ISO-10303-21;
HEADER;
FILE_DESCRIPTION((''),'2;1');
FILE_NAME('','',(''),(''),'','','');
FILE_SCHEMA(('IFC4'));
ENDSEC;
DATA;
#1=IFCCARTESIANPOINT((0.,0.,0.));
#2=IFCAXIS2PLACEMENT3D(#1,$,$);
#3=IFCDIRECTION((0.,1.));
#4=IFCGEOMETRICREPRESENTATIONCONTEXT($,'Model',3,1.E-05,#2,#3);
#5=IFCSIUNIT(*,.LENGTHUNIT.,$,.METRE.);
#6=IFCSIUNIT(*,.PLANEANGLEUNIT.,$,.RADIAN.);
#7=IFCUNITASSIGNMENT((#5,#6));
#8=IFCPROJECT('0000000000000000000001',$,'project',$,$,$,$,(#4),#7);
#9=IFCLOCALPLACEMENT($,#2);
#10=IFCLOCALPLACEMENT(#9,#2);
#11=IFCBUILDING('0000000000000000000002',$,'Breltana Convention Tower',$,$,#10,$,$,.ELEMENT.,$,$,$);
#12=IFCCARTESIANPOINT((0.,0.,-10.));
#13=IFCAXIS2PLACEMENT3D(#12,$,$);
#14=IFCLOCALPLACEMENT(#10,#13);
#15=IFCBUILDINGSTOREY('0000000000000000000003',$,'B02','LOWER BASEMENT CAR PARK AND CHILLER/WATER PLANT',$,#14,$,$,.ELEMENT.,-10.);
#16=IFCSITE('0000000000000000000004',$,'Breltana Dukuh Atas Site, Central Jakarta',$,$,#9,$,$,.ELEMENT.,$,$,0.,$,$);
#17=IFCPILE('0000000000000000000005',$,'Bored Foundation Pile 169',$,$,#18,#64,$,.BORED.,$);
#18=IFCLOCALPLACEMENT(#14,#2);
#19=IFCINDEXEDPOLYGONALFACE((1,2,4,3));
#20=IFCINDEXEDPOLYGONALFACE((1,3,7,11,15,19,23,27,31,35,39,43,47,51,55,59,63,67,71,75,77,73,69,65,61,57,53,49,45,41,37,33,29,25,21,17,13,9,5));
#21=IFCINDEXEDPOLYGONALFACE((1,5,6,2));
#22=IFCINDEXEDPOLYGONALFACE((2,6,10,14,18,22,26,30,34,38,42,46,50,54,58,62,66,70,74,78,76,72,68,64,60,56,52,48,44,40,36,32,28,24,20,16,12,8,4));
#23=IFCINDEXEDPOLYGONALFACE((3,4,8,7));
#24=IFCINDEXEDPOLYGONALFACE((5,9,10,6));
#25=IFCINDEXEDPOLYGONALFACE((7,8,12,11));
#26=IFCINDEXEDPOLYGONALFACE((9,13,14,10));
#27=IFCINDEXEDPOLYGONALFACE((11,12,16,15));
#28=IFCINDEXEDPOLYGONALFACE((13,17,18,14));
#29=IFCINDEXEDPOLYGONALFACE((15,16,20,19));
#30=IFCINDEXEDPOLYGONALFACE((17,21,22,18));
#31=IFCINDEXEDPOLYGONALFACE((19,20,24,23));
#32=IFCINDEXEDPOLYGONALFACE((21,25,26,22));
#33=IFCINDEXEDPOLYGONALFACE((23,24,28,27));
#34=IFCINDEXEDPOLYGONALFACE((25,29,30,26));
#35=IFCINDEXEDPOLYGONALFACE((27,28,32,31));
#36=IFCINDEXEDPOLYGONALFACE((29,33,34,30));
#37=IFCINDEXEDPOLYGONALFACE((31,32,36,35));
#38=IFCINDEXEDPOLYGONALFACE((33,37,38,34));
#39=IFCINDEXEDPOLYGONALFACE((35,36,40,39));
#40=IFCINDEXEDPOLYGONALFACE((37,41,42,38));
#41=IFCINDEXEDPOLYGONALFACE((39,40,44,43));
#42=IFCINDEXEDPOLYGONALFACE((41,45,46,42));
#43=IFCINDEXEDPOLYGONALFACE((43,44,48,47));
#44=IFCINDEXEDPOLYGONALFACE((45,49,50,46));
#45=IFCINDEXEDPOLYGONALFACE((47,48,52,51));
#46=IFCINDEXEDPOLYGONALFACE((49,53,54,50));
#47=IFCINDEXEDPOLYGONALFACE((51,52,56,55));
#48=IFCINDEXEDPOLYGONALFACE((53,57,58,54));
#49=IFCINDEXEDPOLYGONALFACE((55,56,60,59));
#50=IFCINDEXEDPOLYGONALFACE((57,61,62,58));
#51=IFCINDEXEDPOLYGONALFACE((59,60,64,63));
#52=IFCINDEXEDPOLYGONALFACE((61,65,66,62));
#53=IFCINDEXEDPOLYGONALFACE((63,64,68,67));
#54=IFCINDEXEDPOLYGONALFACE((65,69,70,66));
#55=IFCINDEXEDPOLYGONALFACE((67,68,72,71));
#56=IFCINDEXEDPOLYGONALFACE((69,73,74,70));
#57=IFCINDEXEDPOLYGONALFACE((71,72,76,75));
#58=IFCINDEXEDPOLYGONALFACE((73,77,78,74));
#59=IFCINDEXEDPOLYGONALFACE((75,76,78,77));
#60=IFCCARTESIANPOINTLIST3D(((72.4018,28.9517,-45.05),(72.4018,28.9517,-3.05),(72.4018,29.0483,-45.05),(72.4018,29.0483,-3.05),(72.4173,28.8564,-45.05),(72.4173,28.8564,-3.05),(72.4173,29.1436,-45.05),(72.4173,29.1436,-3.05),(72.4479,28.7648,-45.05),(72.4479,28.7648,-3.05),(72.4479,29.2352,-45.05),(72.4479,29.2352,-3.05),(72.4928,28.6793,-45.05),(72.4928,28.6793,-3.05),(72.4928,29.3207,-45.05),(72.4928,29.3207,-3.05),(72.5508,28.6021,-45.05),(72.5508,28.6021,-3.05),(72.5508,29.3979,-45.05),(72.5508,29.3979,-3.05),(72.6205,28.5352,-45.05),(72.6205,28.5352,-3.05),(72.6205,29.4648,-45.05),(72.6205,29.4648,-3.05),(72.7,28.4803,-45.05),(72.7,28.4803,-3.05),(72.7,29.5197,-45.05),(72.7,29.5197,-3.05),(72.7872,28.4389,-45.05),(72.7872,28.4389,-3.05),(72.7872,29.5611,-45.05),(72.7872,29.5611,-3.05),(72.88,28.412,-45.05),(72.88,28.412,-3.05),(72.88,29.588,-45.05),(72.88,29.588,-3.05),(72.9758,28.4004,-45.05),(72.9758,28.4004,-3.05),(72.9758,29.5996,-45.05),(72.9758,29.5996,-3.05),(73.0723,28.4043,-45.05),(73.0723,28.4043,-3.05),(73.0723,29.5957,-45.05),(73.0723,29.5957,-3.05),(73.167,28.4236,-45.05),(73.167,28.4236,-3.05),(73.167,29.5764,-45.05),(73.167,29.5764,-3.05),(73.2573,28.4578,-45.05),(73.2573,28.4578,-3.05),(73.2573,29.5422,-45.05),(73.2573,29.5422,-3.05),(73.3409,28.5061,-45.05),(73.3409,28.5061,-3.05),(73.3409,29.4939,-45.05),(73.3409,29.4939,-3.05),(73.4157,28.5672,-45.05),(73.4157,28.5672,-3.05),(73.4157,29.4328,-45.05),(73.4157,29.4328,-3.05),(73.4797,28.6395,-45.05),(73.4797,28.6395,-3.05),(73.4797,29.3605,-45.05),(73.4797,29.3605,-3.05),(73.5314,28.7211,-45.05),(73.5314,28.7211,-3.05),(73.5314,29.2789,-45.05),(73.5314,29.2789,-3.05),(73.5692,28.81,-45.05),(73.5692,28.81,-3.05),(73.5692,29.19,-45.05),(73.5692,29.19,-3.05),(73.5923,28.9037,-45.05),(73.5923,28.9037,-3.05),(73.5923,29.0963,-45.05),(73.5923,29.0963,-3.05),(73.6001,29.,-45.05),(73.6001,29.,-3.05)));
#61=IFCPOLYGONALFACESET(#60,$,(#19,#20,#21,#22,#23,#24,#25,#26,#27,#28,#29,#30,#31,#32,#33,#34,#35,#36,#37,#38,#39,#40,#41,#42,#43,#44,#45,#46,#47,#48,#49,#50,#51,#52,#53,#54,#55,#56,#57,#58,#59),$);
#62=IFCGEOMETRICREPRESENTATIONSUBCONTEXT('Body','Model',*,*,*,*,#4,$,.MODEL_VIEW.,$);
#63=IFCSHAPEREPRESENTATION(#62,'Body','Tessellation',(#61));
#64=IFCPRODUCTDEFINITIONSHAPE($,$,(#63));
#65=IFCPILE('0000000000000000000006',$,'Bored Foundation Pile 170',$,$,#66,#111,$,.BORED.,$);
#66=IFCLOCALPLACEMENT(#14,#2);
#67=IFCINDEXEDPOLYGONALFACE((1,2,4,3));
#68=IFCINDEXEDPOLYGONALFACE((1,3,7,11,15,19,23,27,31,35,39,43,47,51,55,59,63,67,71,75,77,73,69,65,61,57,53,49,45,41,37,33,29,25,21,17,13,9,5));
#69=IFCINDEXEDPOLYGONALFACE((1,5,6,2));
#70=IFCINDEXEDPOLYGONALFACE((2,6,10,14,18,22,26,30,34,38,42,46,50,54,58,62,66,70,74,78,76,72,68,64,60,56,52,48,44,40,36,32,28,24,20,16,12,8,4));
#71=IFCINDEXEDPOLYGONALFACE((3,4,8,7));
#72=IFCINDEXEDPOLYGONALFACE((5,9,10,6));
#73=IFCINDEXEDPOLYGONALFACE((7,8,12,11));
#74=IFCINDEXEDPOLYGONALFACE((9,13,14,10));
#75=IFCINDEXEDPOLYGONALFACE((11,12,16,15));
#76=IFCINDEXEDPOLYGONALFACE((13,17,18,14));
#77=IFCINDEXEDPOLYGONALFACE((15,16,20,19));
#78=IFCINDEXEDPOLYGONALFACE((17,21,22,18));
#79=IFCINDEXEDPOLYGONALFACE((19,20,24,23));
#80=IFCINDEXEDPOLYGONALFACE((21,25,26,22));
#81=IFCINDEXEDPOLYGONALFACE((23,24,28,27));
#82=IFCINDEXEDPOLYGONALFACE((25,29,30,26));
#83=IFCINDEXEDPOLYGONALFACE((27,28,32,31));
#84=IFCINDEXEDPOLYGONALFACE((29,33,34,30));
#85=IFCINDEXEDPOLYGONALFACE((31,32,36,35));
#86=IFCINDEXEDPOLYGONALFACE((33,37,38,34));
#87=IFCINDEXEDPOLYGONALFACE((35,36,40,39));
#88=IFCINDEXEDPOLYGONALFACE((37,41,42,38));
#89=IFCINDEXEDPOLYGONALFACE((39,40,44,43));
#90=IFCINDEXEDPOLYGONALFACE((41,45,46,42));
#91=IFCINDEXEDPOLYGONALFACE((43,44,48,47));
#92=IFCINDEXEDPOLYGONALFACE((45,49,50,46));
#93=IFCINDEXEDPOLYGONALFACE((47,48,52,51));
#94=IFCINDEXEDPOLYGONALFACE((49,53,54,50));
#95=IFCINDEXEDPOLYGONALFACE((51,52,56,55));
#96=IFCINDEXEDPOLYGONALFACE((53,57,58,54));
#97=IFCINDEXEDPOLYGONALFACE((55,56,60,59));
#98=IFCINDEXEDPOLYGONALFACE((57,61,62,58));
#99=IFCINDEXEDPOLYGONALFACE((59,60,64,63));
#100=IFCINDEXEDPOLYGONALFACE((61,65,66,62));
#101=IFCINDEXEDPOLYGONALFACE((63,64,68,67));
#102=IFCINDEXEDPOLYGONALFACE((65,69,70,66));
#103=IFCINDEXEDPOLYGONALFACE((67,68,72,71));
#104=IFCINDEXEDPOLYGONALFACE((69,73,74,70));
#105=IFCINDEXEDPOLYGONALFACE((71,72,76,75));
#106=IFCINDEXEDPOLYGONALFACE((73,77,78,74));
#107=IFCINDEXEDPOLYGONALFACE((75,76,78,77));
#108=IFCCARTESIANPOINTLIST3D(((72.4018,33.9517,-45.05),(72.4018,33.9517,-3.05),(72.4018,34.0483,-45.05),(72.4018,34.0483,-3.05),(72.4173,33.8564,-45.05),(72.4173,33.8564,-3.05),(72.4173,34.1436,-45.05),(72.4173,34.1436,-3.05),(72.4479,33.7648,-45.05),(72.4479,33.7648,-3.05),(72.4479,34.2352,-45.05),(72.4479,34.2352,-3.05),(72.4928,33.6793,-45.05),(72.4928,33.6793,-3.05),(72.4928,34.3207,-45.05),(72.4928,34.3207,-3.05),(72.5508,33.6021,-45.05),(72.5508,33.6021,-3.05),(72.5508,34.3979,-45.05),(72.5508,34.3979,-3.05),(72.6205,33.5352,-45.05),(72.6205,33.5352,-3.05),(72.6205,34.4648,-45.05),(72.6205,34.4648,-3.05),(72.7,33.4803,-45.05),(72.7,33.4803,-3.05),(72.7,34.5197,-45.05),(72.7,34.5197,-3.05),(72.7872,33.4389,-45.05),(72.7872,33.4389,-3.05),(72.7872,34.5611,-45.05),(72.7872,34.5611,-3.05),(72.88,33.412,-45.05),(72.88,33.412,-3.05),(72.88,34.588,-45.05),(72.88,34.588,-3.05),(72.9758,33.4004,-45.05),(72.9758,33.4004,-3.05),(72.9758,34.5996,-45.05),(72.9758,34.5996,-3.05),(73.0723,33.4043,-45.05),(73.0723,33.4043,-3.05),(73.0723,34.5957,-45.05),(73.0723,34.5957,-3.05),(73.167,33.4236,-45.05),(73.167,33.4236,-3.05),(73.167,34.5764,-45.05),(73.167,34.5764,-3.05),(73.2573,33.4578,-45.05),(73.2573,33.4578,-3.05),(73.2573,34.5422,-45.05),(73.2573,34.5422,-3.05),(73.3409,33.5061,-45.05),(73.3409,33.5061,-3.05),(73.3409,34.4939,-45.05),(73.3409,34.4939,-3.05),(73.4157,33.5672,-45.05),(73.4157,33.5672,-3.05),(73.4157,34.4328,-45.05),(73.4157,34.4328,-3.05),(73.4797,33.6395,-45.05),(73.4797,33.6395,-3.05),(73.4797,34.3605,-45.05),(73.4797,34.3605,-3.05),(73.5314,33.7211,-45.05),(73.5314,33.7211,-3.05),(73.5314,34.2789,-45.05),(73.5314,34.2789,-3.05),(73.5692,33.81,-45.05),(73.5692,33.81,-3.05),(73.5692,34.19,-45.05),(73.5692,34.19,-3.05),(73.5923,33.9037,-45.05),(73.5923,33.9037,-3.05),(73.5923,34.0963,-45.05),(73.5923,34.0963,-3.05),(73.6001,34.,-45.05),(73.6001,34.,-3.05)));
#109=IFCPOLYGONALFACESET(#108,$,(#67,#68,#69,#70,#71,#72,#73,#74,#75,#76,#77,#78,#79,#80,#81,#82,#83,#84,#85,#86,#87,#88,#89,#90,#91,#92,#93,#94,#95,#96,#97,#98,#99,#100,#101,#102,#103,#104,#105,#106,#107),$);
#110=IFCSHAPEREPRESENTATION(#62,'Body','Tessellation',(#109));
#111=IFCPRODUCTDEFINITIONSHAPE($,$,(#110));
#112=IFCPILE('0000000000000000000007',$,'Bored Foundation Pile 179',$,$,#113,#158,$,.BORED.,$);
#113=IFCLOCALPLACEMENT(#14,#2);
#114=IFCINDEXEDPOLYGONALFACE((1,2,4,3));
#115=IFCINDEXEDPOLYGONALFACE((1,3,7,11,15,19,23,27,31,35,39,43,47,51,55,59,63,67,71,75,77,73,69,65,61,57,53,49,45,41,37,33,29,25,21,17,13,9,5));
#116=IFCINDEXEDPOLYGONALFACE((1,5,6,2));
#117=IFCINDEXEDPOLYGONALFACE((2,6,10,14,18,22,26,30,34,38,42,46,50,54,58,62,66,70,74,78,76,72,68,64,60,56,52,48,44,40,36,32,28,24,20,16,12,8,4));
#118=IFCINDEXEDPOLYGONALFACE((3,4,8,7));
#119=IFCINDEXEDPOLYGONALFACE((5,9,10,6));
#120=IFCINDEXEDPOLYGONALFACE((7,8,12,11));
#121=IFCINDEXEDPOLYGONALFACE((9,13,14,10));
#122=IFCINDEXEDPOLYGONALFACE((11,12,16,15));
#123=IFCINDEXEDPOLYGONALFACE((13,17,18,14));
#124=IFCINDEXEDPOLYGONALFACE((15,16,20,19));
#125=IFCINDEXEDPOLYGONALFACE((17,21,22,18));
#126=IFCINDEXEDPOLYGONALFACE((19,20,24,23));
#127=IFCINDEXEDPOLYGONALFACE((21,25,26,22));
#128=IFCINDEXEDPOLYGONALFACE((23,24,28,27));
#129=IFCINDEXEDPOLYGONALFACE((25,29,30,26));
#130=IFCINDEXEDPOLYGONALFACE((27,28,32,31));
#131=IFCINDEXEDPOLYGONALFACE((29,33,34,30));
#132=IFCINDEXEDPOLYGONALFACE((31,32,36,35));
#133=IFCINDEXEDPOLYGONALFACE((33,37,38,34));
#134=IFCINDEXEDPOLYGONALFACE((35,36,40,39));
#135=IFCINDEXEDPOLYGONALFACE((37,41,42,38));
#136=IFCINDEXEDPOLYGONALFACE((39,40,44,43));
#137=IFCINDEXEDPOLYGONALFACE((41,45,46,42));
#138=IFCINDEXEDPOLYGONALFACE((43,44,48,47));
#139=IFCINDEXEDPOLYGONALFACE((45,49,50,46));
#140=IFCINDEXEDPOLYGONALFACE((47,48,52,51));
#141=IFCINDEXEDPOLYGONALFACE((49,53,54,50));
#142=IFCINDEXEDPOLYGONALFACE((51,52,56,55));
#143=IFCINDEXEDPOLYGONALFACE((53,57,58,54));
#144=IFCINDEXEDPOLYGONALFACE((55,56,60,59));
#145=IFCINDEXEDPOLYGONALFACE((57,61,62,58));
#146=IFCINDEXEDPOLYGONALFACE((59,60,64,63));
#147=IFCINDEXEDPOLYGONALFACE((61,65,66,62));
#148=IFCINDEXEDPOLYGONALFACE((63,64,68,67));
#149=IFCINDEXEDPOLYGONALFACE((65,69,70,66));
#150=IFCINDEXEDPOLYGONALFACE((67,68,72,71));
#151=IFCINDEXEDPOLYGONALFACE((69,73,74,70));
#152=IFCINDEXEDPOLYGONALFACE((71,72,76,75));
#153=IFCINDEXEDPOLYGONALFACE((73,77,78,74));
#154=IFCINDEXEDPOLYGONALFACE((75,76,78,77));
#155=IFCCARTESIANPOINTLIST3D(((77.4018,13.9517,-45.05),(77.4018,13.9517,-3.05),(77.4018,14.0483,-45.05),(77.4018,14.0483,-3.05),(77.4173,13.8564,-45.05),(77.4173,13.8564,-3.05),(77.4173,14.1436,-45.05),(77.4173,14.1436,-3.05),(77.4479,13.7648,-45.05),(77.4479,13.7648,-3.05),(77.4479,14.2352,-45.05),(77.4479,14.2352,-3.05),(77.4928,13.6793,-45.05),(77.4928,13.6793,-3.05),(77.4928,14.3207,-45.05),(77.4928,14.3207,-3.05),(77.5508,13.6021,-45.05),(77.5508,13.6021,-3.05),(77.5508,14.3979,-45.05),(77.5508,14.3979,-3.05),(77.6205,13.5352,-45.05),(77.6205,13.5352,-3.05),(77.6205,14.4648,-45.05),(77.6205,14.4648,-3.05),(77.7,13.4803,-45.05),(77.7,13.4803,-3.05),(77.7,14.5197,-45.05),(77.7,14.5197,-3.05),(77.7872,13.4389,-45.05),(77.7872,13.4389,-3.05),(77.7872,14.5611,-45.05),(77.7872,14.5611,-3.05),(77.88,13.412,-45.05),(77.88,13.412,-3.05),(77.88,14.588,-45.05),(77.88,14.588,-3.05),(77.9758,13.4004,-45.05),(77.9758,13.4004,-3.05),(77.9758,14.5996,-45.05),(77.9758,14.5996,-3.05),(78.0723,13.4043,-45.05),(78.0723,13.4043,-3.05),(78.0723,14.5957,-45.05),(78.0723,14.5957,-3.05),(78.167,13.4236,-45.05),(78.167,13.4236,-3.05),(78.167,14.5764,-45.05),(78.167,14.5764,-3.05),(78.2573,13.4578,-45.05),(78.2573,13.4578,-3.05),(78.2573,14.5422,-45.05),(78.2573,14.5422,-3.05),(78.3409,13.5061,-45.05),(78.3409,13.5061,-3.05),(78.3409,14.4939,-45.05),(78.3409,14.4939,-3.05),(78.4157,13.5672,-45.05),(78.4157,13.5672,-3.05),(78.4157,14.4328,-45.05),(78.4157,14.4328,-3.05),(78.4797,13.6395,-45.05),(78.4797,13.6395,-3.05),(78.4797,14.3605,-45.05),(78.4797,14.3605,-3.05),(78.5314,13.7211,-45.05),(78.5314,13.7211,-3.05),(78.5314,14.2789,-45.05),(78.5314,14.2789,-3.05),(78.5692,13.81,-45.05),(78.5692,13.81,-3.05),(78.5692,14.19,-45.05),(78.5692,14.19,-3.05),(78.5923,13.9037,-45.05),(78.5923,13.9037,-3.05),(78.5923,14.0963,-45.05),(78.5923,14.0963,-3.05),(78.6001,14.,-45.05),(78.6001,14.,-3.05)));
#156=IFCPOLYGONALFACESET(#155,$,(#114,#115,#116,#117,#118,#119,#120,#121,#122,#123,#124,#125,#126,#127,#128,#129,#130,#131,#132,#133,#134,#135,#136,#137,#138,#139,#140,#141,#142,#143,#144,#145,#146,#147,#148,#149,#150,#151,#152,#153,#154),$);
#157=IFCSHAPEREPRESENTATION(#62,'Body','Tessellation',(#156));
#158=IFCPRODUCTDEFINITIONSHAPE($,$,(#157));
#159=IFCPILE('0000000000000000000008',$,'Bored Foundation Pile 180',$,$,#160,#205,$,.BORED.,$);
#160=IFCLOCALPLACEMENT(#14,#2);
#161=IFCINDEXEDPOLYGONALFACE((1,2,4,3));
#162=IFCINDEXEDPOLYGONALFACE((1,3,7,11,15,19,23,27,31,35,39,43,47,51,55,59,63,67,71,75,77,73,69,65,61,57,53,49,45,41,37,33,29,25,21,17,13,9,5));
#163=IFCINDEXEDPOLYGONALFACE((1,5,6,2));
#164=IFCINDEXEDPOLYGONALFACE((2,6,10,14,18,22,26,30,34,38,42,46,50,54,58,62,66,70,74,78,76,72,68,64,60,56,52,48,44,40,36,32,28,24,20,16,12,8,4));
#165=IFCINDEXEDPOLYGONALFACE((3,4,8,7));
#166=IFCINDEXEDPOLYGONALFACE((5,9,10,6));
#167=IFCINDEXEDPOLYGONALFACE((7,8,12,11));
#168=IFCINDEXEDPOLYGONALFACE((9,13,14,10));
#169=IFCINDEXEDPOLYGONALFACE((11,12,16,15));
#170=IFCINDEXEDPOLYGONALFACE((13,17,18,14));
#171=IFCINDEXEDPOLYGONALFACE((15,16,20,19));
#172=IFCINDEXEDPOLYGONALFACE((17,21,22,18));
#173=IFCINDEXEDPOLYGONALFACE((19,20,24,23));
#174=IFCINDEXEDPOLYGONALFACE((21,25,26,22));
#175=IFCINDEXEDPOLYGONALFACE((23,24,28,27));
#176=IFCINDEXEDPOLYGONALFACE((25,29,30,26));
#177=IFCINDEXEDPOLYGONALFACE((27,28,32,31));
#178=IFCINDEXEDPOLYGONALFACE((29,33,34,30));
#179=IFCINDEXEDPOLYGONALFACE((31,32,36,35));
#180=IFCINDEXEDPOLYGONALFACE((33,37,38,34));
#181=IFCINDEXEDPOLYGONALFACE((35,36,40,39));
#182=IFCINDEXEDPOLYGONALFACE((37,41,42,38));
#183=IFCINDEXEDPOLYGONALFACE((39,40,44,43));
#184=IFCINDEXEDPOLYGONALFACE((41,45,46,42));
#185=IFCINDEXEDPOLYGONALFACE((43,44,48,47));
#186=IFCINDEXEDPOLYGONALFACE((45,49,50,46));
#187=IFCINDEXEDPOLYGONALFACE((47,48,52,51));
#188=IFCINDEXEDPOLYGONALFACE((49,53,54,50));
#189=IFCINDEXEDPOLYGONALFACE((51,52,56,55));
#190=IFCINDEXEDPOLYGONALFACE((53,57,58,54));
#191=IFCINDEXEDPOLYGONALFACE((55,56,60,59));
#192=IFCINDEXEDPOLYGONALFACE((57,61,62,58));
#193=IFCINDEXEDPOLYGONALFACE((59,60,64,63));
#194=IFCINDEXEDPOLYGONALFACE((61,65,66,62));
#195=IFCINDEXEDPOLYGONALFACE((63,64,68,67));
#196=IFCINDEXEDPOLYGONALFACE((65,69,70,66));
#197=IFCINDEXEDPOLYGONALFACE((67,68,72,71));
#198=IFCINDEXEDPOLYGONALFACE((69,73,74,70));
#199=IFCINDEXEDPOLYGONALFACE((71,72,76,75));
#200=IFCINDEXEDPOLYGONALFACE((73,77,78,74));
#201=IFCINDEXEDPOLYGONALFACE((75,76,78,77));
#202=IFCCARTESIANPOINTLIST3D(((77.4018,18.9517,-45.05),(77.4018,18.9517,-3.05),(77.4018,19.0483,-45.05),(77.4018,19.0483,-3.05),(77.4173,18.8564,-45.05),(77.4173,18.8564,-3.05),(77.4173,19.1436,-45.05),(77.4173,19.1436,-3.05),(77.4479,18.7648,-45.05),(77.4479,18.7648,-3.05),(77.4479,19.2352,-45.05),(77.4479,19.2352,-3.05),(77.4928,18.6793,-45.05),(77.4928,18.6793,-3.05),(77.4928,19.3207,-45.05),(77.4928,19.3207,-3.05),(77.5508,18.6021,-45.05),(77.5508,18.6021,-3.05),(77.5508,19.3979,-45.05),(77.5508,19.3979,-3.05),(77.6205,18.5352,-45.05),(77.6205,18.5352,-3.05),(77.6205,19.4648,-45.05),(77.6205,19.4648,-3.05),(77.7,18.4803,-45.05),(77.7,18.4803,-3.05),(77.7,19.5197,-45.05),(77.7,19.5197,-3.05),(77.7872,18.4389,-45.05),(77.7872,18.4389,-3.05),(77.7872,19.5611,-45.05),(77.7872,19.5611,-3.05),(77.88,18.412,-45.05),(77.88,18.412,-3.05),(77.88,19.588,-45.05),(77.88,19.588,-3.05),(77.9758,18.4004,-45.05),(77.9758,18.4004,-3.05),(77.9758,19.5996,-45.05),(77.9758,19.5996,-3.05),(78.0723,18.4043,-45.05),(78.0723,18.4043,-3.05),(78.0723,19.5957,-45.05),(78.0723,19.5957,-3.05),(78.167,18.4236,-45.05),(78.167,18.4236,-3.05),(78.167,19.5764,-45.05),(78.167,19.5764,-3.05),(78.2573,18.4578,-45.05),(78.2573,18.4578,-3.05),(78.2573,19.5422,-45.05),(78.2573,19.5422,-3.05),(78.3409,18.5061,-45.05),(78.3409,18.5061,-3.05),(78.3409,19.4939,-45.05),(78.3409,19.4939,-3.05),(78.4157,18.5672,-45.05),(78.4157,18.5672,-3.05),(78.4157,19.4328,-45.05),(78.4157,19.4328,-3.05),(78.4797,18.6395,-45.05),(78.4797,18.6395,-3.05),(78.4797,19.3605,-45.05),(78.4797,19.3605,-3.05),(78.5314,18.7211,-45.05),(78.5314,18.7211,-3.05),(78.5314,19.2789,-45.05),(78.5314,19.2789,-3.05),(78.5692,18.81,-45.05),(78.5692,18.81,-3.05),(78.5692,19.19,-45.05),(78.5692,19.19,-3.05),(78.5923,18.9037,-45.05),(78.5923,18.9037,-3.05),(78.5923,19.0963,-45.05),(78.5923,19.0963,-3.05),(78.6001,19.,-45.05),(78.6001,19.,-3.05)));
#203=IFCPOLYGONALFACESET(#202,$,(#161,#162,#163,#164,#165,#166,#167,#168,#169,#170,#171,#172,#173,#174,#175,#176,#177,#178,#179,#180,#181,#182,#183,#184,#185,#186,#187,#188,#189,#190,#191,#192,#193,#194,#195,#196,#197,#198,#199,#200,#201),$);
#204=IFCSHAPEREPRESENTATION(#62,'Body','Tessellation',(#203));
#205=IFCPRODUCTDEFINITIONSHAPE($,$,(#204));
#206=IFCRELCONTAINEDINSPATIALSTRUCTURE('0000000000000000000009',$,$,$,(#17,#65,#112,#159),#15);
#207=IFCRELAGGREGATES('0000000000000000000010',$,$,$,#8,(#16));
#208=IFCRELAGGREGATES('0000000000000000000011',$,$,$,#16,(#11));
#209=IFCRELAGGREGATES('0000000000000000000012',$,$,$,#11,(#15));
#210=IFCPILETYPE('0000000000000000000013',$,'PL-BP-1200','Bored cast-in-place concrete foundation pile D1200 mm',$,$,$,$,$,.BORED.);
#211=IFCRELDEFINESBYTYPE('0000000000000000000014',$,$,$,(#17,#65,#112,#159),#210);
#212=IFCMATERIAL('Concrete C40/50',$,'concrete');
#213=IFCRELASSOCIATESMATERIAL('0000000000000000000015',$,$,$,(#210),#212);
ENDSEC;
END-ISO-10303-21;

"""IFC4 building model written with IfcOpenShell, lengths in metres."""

from ifc_helpers import new_model, si_unit, direction, frame, origin, origin_2d, place, context, subcontext, project, spatial, circle, extrude, source, transform, mapped, material, material_profile, profile_set, type_object, type_shapes, element, save


model = new_model("IFC4")

# Units and contexts
model_context = context("Model", 3, precision=1e-05, world=origin(), true_north=direction((0.0, 1.0)))
body_context = subcontext(model_context, "Body", "Model", "MODEL_VIEW")
ifc_project = project(units=[si_unit("LENGTHUNIT", "METRE"), si_unit("PLANEANGLEUNIT", "RADIAN")], contexts=[model_context])

# Site, building, storey
site_placement = place(None, origin())
site = spatial("IfcSite", under=ifc_project, at=site_placement, Name="Breltana Dukuh Atas Site, Central Jakarta", CompositionType="ELEMENT", RefElevation=0.0)
building_placement = place(site_placement, origin())
building = spatial("IfcBuilding", under=site, at=building_placement, Name="Breltana Convention Tower", CompositionType="ELEMENT")
storey_placement = place(building_placement, frame((0.0, 0.0, -10.0)))
storey = spatial("IfcBuildingStorey", under=building, at=storey_placement, Name="B02", Description="LOWER BASEMENT CAR PARK AND CHILLER/WATER PLANT", CompositionType="ELEMENT", Elevation=-10.0)

# Piles
ifc_material_1 = material(Name="Concrete C40/50", Category="concrete")
ifc_material_profile_1 = material_profile(ifc_material_1, circle(Radius=0.6001, at=origin_2d()), Name="BP-D1200")
ifc_profile_set_1 = profile_set([ifc_material_profile_1], Name="Concrete C40/50")
pile_type_1 = type_object("IfcPileType", Name="PL-BP-1200", Description="Bored cast-in-place concrete foundation pile D1200 mm", PredefinedType="BORED", material=ifc_profile_set_1)
shared_shape_1 = source(origin(), body_context, "Body", "SweptSolid", [
    extrude(circle(Radius=0.6001, at=origin_2d()), origin(), (0.0, 0.0, 1.0), 42.0),
])
type_shapes(pile_type_1, [shared_shape_1])
for number, where, z_axis, x_axis, name in (
    (1, (73.0, 29.0, -3.05), (0.0, 0.0, -1.0), (1.0, 0.0, 0.0), "Bored Foundation Pile 169"),
    (2, (73.0, 34.0, -3.05), (0.0, 0.0, -1.0), (1.0, 0.0, 0.0), "Bored Foundation Pile 170"),
    (3, (78.0, 14.0, -3.05), (0.0, 0.0, -1.0), (1.0, 0.0, 0.0), "Bored Foundation Pile 179"),
    (4, (78.0, 19.0, -3.05), (0.0, 0.0, -1.0), (1.0, 0.0, 0.0), "Bored Foundation Pile 180"),
):
    element("IfcPile", number, at=place(storey_placement, frame(where, z_axis=z_axis, x_axis=x_axis)), inside=storey, type_object=pile_type_1, Name=name, PredefinedType="BORED", context=body_context, shape_type="MappedRepresentation", body=[
        mapped(shared_shape_1, transform((0.0, 0.0, 0.0), scale=1.0)),
    ])

save(model, "model.ifc")
